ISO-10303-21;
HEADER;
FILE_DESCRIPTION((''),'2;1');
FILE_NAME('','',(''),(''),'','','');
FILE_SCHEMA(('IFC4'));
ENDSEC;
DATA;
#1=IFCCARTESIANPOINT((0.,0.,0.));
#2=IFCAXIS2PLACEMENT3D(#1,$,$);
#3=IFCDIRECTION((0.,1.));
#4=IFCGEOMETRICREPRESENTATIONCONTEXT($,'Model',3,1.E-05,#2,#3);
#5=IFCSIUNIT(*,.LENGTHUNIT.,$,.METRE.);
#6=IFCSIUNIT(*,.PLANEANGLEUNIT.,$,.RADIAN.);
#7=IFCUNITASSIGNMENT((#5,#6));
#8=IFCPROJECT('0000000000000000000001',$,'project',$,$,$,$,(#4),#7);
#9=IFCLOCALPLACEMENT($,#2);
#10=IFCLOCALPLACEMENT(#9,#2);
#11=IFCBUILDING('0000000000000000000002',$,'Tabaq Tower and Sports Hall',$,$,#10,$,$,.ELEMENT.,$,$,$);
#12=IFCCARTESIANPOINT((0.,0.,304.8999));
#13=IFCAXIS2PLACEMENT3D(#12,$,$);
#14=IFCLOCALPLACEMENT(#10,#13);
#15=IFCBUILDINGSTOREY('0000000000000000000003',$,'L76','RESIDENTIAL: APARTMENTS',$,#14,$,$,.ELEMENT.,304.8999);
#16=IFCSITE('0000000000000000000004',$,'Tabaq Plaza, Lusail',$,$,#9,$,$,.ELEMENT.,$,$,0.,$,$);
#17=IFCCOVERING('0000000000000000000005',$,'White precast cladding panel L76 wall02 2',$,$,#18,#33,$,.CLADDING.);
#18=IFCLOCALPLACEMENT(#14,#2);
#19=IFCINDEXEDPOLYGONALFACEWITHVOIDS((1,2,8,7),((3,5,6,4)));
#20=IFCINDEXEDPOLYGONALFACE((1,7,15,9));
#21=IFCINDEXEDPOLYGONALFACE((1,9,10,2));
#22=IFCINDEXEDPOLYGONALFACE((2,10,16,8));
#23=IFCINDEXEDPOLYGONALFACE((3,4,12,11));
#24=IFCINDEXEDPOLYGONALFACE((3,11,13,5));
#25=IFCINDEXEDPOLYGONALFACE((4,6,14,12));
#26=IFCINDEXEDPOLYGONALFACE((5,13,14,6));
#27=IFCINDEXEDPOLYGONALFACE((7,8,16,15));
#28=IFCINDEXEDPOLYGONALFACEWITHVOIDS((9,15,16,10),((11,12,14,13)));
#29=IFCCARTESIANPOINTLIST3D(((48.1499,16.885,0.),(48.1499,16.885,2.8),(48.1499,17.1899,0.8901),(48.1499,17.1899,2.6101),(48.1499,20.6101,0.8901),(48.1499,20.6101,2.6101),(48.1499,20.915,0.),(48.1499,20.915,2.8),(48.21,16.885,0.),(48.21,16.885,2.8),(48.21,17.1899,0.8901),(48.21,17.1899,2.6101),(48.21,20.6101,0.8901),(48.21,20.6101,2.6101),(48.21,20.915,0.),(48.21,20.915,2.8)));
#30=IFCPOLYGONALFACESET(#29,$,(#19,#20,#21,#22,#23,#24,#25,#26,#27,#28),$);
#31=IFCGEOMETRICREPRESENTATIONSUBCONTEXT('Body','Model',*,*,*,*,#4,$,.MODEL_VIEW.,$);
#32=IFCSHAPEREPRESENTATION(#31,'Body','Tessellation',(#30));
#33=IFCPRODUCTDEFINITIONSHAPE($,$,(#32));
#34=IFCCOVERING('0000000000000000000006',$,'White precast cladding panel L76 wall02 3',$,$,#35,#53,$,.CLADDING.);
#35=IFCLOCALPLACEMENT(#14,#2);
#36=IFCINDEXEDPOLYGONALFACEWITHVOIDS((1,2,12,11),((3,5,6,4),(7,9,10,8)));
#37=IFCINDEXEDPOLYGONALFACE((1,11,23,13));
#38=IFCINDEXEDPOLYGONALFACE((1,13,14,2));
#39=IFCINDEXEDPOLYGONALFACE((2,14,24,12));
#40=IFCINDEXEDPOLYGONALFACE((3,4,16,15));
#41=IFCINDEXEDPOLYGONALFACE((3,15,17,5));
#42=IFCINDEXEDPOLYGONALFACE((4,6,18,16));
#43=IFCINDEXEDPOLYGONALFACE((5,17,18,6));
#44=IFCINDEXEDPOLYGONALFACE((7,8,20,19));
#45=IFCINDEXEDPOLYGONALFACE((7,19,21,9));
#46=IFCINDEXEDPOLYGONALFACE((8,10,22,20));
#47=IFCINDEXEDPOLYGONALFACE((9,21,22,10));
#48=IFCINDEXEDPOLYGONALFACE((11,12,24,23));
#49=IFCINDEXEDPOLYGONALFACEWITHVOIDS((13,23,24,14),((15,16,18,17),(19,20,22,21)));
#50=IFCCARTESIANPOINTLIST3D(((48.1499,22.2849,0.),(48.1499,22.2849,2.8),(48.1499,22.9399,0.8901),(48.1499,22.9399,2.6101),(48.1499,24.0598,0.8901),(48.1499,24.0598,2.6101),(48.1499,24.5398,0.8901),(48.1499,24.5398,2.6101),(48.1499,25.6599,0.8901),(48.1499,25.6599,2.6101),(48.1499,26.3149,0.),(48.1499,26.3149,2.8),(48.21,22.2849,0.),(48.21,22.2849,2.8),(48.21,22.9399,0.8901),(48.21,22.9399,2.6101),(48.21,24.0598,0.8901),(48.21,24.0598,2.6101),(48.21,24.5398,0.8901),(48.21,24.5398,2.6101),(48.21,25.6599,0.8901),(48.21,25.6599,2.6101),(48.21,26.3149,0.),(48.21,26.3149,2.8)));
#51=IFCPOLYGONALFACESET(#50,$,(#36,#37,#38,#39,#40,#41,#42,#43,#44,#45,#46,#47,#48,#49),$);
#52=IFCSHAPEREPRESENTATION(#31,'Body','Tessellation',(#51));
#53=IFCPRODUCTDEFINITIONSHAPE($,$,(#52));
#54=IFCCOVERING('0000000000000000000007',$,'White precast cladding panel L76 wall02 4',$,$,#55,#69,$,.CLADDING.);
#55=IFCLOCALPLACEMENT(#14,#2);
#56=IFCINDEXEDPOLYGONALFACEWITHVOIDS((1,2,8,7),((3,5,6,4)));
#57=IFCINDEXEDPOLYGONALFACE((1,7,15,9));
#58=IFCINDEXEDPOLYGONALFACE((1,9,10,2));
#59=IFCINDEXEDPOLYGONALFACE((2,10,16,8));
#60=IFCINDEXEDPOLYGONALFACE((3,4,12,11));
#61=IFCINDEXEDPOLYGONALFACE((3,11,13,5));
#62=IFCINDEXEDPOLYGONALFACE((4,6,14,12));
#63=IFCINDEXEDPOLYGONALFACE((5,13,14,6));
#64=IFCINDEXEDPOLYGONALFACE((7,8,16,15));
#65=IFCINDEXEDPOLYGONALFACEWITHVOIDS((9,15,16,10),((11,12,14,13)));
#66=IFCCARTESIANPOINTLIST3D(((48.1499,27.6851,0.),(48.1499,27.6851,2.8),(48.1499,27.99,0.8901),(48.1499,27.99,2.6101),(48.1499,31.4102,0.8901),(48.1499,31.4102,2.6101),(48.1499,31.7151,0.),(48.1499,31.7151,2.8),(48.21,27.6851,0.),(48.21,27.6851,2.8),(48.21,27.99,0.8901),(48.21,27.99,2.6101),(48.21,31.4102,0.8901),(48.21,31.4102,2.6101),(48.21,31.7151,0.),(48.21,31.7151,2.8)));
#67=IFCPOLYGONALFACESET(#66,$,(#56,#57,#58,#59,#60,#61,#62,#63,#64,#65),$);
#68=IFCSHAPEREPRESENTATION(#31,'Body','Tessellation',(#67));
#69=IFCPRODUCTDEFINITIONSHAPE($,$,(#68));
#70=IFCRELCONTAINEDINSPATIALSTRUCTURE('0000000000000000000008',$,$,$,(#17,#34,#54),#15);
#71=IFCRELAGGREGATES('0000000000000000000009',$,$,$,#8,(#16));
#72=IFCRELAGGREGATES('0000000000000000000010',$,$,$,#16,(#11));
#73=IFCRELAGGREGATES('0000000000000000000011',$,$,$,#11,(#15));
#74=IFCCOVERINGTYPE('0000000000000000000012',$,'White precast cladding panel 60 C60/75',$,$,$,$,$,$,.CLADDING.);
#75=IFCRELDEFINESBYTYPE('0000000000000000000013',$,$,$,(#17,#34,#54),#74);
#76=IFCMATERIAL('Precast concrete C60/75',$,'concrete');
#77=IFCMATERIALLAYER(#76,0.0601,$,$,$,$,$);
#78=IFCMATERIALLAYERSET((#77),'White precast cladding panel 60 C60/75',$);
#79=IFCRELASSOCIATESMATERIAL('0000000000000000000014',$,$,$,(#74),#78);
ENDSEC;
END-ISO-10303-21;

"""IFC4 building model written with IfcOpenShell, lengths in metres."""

from ifc_helpers import new_model, si_unit, direction, frame, origin, place, context, subcontext, project, spatial, polyline, outline, extrude, material, layer, layer_set, type_object, element, save


model = new_model("IFC4")

# Units and contexts
model_context = context("Model", 3, precision=1e-05, world=origin(), true_north=direction((0.0, 1.0)))
body_context = subcontext(model_context, "Body", "Model", "MODEL_VIEW")
ifc_project = project(units=[si_unit("LENGTHUNIT", "METRE"), si_unit("PLANEANGLEUNIT", "RADIAN")], contexts=[model_context])

# Site, building, storey
site_placement = place(None, origin())
site = spatial("IfcSite", under=ifc_project, at=site_placement, Name="Tabaq Plaza, Lusail", CompositionType="ELEMENT", RefElevation=0.0)
building_placement = place(site_placement, origin())
building = spatial("IfcBuilding", under=site, at=building_placement, Name="Tabaq Tower and Sports Hall", CompositionType="ELEMENT")
storey_placement = place(building_placement, frame((0.0, 0.0, 304.8999)))
storey = spatial("IfcBuildingStorey", under=building, at=storey_placement, Name="L76", Description="RESIDENTIAL: APARTMENTS", CompositionType="ELEMENT", Elevation=304.8999)

# Coverings
ifc_material_1 = material(Name="Precast concrete C60/75", Category="concrete")
ifc_layer_1 = layer(ifc_material_1, 0.0601)
ifc_layer_set_1 = layer_set([ifc_layer_1], Name="White precast cladding panel 60 C60/75")
covering_type_1 = type_object("IfcCoveringType", Name="White precast cladding panel 60 C60/75", PredefinedType="CLADDING", material=ifc_layer_set_1)
covering_1_placement = place(storey_placement, frame((48.1799, 16.885, 0.0), z_axis=(0.0, 0.0, 1.0), x_axis=(0.0, 1.0, 0.0)))
element("IfcCovering", 1, at=covering_1_placement, inside=storey, type_object=covering_type_1, Name="White precast cladding panel L76 wall02 2", PredefinedType="CLADDING", context=body_context, shape_type="SweptSolid", body=[
    extrude(outline(polyline([(0.0, 0.0), (4.03, 0.0), (4.03, 2.8), (0.0, 2.8), (0.0, 0.0)]), holes=[polyline([(0.3049, 0.8901), (0.3049, 2.6101), (3.7251, 2.6101), (3.7251, 0.8901), (0.3049, 0.8901)])]), frame((0.0, 0.03, 0.0), z_axis=(0.0, -1.0, 0.0), x_axis=(1.0, 0.0, 0.0)), (0.0, 0.0, 1.0), 0.0601),
])
covering_2_placement = place(storey_placement, frame((48.1799, 22.2849, 0.0), z_axis=(0.0, 0.0, 1.0), x_axis=(0.0, 1.0, 0.0)))
element("IfcCovering", 2, at=covering_2_placement, inside=storey, type_object=covering_type_1, Name="White precast cladding panel L76 wall02 3", PredefinedType="CLADDING", context=body_context, shape_type="SweptSolid", body=[
    extrude(outline(polyline([(0.0, 0.0), (4.03, 0.0), (4.03, 2.8), (0.0, 2.8), (0.0, 0.0)]), holes=[polyline([(0.655, 2.6101), (1.7749, 2.6101), (1.7749, 0.8901), (0.655, 0.8901), (0.655, 2.6101)]), polyline([(2.2549, 2.6101), (3.375, 2.6101), (3.375, 0.8901), (2.2549, 0.8901), (2.2549, 2.6101)])]), frame((0.0, 0.03, 0.0), z_axis=(0.0, -1.0, 0.0), x_axis=(1.0, 0.0, 0.0)), (0.0, 0.0, 1.0), 0.0601),
])
covering_3_placement = place(storey_placement, frame((48.1799, 27.6851, 0.0), z_axis=(0.0, 0.0, 1.0), x_axis=(0.0, 1.0, 0.0)))
element("IfcCovering", 3, at=covering_3_placement, inside=storey, type_object=covering_type_1, Name="White precast cladding panel L76 wall02 4", PredefinedType="CLADDING", context=body_context, shape_type="SweptSolid", body=[
    extrude(outline(polyline([(0.0, 0.0), (4.03, 0.0), (4.03, 2.8), (0.0, 2.8), (0.0, 0.0)]), holes=[polyline([(0.3049, 0.8901), (0.3049, 2.6101), (3.7251, 2.6101), (3.7251, 0.8901), (0.3049, 0.8901)])]), frame((0.0, 0.03, 0.0), z_axis=(0.0, -1.0, 0.0), x_axis=(1.0, 0.0, 0.0)), (0.0, 0.0, 1.0), 0.0601),
])

save(model, "model.ifc")
